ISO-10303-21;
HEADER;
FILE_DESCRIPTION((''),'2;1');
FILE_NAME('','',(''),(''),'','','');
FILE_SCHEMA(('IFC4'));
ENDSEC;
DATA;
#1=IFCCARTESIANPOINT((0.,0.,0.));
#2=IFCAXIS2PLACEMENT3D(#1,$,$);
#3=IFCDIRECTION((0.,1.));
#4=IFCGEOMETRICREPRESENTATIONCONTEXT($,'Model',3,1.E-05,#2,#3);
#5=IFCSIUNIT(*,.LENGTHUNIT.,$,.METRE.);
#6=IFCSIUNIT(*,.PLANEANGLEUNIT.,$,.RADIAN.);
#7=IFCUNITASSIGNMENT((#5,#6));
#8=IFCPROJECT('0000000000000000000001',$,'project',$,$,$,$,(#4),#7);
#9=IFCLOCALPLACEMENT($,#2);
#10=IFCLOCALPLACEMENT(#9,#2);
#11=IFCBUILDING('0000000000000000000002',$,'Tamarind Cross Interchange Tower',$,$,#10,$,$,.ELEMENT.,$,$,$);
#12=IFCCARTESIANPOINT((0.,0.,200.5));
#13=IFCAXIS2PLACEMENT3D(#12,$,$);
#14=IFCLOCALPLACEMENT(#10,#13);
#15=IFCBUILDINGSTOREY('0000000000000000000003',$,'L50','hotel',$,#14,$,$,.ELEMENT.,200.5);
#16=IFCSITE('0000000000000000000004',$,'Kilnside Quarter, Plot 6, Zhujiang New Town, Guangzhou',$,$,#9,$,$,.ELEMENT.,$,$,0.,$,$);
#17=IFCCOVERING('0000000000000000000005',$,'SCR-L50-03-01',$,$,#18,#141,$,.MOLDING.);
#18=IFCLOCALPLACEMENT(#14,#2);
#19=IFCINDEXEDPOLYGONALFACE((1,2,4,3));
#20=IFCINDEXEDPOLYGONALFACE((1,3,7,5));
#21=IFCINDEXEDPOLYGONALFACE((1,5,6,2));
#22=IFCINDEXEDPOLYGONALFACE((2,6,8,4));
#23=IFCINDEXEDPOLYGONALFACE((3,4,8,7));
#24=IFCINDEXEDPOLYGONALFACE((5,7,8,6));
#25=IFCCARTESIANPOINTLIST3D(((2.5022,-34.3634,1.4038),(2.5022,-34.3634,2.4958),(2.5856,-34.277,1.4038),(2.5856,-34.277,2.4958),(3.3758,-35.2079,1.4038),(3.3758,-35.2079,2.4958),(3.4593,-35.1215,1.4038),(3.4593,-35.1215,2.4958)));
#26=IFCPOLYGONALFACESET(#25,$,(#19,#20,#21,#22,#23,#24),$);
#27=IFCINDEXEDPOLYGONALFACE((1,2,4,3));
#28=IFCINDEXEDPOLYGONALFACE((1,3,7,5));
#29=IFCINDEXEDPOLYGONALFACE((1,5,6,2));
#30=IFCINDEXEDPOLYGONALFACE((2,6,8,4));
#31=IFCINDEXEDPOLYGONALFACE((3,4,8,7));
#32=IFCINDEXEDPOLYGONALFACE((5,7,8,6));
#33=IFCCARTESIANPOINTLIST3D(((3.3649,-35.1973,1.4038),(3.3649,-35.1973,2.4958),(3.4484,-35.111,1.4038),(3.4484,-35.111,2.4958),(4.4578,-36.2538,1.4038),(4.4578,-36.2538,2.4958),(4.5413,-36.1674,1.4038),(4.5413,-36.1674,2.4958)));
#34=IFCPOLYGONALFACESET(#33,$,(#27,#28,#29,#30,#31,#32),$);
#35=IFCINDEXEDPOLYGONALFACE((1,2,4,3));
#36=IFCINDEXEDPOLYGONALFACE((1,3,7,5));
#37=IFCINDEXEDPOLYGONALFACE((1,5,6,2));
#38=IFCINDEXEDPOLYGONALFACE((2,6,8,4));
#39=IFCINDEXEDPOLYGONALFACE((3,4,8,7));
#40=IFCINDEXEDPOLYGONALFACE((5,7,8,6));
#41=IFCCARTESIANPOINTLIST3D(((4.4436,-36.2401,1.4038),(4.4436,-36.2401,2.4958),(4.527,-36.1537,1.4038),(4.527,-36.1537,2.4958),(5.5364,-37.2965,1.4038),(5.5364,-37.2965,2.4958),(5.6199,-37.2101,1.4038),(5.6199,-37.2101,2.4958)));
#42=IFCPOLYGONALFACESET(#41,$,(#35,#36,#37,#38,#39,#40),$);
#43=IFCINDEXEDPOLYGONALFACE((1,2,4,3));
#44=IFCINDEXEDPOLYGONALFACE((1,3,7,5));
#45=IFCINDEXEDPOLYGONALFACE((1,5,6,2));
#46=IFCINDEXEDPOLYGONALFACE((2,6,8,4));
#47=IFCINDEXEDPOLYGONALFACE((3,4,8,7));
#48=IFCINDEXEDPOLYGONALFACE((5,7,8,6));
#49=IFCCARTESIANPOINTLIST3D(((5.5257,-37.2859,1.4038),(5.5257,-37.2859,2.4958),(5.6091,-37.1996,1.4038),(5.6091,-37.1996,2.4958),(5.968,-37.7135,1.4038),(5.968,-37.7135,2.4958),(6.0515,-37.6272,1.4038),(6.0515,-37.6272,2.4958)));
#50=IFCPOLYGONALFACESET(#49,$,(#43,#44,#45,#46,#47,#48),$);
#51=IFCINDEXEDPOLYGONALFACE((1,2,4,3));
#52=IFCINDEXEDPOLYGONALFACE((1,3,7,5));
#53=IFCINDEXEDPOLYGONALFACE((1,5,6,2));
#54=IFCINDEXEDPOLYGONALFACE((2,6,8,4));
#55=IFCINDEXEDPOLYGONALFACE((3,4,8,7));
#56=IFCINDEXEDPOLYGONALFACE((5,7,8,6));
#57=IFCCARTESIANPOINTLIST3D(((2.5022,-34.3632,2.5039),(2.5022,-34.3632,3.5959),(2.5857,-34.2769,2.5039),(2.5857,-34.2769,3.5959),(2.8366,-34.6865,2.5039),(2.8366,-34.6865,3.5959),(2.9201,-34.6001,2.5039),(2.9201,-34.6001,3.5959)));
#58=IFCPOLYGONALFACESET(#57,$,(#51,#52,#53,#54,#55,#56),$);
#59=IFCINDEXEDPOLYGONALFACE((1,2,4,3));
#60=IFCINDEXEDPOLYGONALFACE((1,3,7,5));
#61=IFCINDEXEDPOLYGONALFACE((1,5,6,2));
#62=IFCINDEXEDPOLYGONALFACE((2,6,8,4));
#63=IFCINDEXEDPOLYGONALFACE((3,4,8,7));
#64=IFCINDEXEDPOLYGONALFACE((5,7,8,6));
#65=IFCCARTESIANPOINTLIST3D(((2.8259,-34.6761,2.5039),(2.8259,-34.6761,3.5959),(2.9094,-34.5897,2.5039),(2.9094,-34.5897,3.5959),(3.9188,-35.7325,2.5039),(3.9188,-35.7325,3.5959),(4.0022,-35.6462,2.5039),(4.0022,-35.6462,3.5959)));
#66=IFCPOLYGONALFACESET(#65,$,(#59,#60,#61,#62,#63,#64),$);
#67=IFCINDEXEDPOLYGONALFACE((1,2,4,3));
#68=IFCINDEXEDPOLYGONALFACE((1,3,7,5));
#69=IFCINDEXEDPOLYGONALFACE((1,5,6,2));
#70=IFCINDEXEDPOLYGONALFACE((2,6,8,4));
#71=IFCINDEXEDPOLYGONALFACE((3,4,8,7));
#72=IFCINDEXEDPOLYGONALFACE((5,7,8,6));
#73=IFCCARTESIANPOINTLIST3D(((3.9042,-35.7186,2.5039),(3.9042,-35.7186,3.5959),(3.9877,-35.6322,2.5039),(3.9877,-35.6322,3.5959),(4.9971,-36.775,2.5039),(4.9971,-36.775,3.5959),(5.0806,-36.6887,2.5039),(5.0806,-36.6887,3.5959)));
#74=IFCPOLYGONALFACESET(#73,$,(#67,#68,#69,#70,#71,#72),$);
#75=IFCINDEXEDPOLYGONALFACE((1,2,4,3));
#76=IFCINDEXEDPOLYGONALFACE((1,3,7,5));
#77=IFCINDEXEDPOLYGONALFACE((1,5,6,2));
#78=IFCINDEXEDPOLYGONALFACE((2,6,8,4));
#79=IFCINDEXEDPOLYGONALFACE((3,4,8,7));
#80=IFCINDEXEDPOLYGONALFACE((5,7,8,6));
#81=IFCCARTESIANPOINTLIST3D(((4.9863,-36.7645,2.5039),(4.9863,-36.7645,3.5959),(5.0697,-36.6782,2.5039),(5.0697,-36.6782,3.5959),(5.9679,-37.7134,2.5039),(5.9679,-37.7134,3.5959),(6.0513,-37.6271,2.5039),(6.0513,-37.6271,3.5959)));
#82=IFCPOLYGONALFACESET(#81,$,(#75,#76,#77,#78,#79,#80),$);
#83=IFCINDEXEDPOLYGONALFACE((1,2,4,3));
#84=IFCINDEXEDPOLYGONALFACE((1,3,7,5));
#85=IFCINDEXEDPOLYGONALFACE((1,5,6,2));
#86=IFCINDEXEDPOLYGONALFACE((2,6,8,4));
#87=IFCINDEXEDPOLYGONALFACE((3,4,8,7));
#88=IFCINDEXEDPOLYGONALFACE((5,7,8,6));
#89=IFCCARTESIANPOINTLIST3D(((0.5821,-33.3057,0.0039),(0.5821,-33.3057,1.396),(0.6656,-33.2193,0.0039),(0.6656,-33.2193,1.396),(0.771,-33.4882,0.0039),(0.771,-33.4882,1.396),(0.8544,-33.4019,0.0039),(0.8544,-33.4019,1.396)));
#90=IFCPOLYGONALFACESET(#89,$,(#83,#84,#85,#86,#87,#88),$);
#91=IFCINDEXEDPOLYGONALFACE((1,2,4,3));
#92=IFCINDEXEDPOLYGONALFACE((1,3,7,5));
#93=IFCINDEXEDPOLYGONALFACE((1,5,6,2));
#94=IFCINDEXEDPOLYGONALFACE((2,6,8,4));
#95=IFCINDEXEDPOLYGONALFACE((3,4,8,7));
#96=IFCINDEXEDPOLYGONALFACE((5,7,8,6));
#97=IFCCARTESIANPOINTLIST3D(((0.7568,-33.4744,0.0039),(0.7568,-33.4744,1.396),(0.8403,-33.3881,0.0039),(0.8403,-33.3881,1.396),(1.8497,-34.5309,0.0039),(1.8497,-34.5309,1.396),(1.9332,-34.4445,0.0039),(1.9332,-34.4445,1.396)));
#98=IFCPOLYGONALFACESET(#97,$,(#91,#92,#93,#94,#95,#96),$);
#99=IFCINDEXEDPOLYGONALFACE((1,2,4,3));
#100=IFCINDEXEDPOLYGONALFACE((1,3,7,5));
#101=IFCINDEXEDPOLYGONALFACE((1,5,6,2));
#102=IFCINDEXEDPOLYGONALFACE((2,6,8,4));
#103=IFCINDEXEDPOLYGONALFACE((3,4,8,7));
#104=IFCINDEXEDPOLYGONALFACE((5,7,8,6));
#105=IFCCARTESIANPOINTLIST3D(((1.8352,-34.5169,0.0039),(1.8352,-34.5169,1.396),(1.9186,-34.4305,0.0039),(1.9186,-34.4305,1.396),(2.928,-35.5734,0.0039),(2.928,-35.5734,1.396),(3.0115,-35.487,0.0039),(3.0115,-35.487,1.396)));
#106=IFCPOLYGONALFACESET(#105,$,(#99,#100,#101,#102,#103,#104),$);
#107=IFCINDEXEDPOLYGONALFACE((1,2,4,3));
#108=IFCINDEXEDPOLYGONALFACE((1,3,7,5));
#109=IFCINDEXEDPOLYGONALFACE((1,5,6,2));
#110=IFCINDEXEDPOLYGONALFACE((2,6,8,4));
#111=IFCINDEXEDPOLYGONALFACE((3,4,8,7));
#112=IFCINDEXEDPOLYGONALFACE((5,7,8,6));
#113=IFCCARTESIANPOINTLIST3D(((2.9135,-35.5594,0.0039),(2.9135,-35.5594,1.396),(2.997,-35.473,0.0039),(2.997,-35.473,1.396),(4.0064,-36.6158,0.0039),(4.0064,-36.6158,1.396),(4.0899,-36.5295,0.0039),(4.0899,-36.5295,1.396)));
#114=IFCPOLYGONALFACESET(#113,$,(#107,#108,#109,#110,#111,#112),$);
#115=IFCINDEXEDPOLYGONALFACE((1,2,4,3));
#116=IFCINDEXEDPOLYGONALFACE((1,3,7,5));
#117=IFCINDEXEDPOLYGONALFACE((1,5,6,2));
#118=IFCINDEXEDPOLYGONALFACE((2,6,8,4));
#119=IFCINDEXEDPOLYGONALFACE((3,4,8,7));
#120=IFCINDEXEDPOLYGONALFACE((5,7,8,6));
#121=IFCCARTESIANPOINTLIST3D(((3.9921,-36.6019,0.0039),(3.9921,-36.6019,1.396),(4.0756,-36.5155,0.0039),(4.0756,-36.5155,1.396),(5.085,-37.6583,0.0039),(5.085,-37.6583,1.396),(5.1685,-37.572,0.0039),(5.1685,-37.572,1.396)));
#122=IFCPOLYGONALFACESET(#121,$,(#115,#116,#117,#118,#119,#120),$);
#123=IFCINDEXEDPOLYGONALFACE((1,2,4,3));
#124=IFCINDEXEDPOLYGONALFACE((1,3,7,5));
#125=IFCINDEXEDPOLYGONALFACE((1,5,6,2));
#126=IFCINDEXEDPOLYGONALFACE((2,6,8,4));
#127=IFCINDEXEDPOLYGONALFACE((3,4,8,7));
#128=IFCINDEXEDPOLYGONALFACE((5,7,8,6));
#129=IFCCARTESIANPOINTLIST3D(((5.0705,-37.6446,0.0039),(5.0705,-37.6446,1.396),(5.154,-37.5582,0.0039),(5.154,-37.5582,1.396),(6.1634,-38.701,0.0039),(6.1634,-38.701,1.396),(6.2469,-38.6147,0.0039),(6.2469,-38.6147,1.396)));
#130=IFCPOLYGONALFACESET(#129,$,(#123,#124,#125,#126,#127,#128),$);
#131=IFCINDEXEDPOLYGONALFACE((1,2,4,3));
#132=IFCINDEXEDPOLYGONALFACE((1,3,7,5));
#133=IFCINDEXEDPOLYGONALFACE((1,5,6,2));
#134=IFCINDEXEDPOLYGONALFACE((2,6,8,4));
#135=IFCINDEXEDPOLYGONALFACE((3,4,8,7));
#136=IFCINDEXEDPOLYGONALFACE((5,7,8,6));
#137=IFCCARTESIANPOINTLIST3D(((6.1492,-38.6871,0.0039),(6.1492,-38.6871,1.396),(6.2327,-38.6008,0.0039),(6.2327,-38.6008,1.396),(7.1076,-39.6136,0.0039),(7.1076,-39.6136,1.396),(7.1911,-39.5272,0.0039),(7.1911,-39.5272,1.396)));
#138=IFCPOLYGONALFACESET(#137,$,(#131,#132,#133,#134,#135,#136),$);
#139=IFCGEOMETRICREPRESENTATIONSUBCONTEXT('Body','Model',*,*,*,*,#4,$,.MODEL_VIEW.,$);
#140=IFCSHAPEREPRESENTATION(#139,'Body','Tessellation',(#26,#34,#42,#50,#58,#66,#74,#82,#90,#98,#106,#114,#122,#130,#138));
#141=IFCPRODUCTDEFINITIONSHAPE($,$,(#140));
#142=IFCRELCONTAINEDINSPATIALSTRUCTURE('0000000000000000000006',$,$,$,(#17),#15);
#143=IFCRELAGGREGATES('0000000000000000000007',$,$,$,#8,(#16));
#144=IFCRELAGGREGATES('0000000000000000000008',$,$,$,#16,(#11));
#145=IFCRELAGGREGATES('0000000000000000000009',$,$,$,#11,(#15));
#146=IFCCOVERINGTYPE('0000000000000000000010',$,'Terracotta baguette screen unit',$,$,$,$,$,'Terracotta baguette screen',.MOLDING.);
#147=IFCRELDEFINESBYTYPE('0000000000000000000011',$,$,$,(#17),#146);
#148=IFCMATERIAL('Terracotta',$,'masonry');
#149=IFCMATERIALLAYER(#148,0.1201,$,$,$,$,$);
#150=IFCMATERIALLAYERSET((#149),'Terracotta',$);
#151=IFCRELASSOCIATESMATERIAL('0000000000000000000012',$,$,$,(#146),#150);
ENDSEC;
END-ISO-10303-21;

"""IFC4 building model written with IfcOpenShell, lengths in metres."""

from ifc_helpers import new_model, si_unit, direction, frame, origin, origin_2d, place, context, subcontext, project, spatial, rectangle, extrude, material, layer, layer_set, type_object, element, save


model = new_model("IFC4")

# Units and contexts
model_context = context("Model", 3, precision=1e-05, world=origin(), true_north=direction((0.0, 1.0)))
body_context = subcontext(model_context, "Body", "Model", "MODEL_VIEW")
ifc_project = project(units=[si_unit("LENGTHUNIT", "METRE"), si_unit("PLANEANGLEUNIT", "RADIAN")], contexts=[model_context])

# Site, building, storey
site_placement = place(None, origin())
site = spatial("IfcSite", under=ifc_project, at=site_placement, Name="Kilnside Quarter, Plot 6, Zhujiang New Town, Guangzhou", CompositionType="ELEMENT", RefElevation=0.0)
building_placement = place(site_placement, origin())
building = spatial("IfcBuilding", under=site, at=building_placement, Name="Tamarind Cross Interchange Tower", CompositionType="ELEMENT")
storey_placement = place(building_placement, frame((0.0, 0.0, 200.5)))
storey = spatial("IfcBuildingStorey", under=building, at=storey_placement, Name="L50", Description="hotel", CompositionType="ELEMENT", Elevation=200.5)

# Covering
ifc_material_1 = material(Name="Terracotta", Category="masonry")
ifc_layer_1 = layer(ifc_material_1, 0.1201)
ifc_layer_set_1 = layer_set([ifc_layer_1], Name="Terracotta")
covering_type = type_object("IfcCoveringType", Name="Terracotta baguette screen unit", ElementType="Terracotta baguette screen", PredefinedType="MOLDING", material=ifc_layer_set_1)
covering_1_placement = place(storey_placement, origin())
element("IfcCovering", 1, at=covering_1_placement, inside=storey, type_object=covering_type, Name="SCR-L50-03-01", PredefinedType="MOLDING", context=body_context, shape_type="SweptSolid", body=[
    extrude(rectangle(XDim=1.2151, YDim=0.1201, at=origin_2d()), frame((2.9807, -34.7424, 1.4038), z_axis=(0.0, 0.0, 1.0), x_axis=(0.718991, -0.69502, 0.0)), (0.0, 0.0, 1.0), 1.092),
    extrude(rectangle(XDim=1.52, YDim=0.1201, at=origin_2d()), frame((3.9531, -35.6824, 1.4038), z_axis=(0.0, 0.0, 1.0), x_axis=(0.718991, -0.69502, 0.0)), (0.0, 0.0, 1.0), 1.092),
    extrude(rectangle(XDim=1.52, YDim=0.1201, at=origin_2d()), frame((5.0317, -36.7251, 1.4038), z_axis=(0.0, 0.0, 1.0), x_axis=(0.718991, -0.69502, 0.0)), (0.0, 0.0, 1.0), 1.092),
    extrude(rectangle(XDim=0.6152, YDim=0.1201, at=origin_2d()), frame((5.7886, -37.4565, 1.4038), z_axis=(0.0, 0.0, 1.0), x_axis=(0.718991, -0.69502, 0.0)), (0.0, 0.0, 1.0), 1.092),
    extrude(rectangle(XDim=0.4651, YDim=0.1201, at=origin_2d()), frame((2.7112, -34.4817, 2.5039), z_axis=(0.0, 0.0, 1.0), x_axis=(0.718991, -0.69502, 0.0)), (0.0, 0.0, 1.0), 1.092),
    extrude(rectangle(XDim=1.52, YDim=0.1201, at=origin_2d()), frame((3.4141, -35.1611, 2.5039), z_axis=(0.0, 0.0, 1.0), x_axis=(0.718991, -0.69502, 0.0)), (0.0, 0.0, 1.0), 1.092),
    extrude(rectangle(XDim=1.52, YDim=0.1201, at=origin_2d()), frame((4.4924, -36.2036, 2.5039), z_axis=(0.0, 0.0, 1.0), x_axis=(0.718991, -0.69502, 0.0)), (0.0, 0.0, 1.0), 1.092),
    extrude(rectangle(XDim=1.3652, YDim=0.1201, at=origin_2d()), frame((5.5188, -37.1958, 2.5039), z_axis=(0.0, 0.0, 1.0), x_axis=(0.718991, -0.69502, 0.0)), (0.0, 0.0, 1.0), 1.092),
    extrude(rectangle(XDim=0.2627, YDim=0.1201, at=origin_2d()), frame((0.7183, -33.3538, 0.0039), z_axis=(0.0, 0.0, 1.0), x_axis=(0.718991, -0.69502, 0.0)), (0.0, 0.0, 1.0), 1.3921),
    extrude(rectangle(XDim=1.52, YDim=0.1201, at=origin_2d()), frame((1.345, -33.9595, 0.0039), z_axis=(0.0, 0.0, 1.0), x_axis=(0.718991, -0.69502, 0.0)), (0.0, 0.0, 1.0), 1.3921),
    extrude(rectangle(XDim=1.52, YDim=0.1201, at=origin_2d()), frame((2.4233, -35.002, 0.0039), z_axis=(0.0, 0.0, 1.0), x_axis=(0.718991, -0.69502, 0.0)), (0.0, 0.0, 1.0), 1.3921),
    extrude(rectangle(XDim=1.52, YDim=0.1201, at=origin_2d()), frame((3.5017, -36.0444, 0.0039), z_axis=(0.0, 0.0, 1.0), x_axis=(0.718991, -0.69502, 0.0)), (0.0, 0.0, 1.0), 1.3921),
    extrude(rectangle(XDim=1.52, YDim=0.1201, at=origin_2d()), frame((4.5803, -37.0869, 0.0039), z_axis=(0.0, 0.0, 1.0), x_axis=(0.718991, -0.69502, 0.0)), (0.0, 0.0, 1.0), 1.3921),
    extrude(rectangle(XDim=1.52, YDim=0.1201, at=origin_2d()), frame((5.6587, -38.1296, 0.0039), z_axis=(0.0, 0.0, 1.0), x_axis=(0.718991, -0.69502, 0.0)), (0.0, 0.0, 1.0), 1.3921),
    extrude(rectangle(XDim=1.333, YDim=0.1201, at=origin_2d()), frame((6.6702, -39.1072, 0.0039), z_axis=(0.0, 0.0, 1.0), x_axis=(0.718991, -0.69502, 0.0)), (0.0, 0.0, 1.0), 1.3921),
])

save(model, "model.ifc")
